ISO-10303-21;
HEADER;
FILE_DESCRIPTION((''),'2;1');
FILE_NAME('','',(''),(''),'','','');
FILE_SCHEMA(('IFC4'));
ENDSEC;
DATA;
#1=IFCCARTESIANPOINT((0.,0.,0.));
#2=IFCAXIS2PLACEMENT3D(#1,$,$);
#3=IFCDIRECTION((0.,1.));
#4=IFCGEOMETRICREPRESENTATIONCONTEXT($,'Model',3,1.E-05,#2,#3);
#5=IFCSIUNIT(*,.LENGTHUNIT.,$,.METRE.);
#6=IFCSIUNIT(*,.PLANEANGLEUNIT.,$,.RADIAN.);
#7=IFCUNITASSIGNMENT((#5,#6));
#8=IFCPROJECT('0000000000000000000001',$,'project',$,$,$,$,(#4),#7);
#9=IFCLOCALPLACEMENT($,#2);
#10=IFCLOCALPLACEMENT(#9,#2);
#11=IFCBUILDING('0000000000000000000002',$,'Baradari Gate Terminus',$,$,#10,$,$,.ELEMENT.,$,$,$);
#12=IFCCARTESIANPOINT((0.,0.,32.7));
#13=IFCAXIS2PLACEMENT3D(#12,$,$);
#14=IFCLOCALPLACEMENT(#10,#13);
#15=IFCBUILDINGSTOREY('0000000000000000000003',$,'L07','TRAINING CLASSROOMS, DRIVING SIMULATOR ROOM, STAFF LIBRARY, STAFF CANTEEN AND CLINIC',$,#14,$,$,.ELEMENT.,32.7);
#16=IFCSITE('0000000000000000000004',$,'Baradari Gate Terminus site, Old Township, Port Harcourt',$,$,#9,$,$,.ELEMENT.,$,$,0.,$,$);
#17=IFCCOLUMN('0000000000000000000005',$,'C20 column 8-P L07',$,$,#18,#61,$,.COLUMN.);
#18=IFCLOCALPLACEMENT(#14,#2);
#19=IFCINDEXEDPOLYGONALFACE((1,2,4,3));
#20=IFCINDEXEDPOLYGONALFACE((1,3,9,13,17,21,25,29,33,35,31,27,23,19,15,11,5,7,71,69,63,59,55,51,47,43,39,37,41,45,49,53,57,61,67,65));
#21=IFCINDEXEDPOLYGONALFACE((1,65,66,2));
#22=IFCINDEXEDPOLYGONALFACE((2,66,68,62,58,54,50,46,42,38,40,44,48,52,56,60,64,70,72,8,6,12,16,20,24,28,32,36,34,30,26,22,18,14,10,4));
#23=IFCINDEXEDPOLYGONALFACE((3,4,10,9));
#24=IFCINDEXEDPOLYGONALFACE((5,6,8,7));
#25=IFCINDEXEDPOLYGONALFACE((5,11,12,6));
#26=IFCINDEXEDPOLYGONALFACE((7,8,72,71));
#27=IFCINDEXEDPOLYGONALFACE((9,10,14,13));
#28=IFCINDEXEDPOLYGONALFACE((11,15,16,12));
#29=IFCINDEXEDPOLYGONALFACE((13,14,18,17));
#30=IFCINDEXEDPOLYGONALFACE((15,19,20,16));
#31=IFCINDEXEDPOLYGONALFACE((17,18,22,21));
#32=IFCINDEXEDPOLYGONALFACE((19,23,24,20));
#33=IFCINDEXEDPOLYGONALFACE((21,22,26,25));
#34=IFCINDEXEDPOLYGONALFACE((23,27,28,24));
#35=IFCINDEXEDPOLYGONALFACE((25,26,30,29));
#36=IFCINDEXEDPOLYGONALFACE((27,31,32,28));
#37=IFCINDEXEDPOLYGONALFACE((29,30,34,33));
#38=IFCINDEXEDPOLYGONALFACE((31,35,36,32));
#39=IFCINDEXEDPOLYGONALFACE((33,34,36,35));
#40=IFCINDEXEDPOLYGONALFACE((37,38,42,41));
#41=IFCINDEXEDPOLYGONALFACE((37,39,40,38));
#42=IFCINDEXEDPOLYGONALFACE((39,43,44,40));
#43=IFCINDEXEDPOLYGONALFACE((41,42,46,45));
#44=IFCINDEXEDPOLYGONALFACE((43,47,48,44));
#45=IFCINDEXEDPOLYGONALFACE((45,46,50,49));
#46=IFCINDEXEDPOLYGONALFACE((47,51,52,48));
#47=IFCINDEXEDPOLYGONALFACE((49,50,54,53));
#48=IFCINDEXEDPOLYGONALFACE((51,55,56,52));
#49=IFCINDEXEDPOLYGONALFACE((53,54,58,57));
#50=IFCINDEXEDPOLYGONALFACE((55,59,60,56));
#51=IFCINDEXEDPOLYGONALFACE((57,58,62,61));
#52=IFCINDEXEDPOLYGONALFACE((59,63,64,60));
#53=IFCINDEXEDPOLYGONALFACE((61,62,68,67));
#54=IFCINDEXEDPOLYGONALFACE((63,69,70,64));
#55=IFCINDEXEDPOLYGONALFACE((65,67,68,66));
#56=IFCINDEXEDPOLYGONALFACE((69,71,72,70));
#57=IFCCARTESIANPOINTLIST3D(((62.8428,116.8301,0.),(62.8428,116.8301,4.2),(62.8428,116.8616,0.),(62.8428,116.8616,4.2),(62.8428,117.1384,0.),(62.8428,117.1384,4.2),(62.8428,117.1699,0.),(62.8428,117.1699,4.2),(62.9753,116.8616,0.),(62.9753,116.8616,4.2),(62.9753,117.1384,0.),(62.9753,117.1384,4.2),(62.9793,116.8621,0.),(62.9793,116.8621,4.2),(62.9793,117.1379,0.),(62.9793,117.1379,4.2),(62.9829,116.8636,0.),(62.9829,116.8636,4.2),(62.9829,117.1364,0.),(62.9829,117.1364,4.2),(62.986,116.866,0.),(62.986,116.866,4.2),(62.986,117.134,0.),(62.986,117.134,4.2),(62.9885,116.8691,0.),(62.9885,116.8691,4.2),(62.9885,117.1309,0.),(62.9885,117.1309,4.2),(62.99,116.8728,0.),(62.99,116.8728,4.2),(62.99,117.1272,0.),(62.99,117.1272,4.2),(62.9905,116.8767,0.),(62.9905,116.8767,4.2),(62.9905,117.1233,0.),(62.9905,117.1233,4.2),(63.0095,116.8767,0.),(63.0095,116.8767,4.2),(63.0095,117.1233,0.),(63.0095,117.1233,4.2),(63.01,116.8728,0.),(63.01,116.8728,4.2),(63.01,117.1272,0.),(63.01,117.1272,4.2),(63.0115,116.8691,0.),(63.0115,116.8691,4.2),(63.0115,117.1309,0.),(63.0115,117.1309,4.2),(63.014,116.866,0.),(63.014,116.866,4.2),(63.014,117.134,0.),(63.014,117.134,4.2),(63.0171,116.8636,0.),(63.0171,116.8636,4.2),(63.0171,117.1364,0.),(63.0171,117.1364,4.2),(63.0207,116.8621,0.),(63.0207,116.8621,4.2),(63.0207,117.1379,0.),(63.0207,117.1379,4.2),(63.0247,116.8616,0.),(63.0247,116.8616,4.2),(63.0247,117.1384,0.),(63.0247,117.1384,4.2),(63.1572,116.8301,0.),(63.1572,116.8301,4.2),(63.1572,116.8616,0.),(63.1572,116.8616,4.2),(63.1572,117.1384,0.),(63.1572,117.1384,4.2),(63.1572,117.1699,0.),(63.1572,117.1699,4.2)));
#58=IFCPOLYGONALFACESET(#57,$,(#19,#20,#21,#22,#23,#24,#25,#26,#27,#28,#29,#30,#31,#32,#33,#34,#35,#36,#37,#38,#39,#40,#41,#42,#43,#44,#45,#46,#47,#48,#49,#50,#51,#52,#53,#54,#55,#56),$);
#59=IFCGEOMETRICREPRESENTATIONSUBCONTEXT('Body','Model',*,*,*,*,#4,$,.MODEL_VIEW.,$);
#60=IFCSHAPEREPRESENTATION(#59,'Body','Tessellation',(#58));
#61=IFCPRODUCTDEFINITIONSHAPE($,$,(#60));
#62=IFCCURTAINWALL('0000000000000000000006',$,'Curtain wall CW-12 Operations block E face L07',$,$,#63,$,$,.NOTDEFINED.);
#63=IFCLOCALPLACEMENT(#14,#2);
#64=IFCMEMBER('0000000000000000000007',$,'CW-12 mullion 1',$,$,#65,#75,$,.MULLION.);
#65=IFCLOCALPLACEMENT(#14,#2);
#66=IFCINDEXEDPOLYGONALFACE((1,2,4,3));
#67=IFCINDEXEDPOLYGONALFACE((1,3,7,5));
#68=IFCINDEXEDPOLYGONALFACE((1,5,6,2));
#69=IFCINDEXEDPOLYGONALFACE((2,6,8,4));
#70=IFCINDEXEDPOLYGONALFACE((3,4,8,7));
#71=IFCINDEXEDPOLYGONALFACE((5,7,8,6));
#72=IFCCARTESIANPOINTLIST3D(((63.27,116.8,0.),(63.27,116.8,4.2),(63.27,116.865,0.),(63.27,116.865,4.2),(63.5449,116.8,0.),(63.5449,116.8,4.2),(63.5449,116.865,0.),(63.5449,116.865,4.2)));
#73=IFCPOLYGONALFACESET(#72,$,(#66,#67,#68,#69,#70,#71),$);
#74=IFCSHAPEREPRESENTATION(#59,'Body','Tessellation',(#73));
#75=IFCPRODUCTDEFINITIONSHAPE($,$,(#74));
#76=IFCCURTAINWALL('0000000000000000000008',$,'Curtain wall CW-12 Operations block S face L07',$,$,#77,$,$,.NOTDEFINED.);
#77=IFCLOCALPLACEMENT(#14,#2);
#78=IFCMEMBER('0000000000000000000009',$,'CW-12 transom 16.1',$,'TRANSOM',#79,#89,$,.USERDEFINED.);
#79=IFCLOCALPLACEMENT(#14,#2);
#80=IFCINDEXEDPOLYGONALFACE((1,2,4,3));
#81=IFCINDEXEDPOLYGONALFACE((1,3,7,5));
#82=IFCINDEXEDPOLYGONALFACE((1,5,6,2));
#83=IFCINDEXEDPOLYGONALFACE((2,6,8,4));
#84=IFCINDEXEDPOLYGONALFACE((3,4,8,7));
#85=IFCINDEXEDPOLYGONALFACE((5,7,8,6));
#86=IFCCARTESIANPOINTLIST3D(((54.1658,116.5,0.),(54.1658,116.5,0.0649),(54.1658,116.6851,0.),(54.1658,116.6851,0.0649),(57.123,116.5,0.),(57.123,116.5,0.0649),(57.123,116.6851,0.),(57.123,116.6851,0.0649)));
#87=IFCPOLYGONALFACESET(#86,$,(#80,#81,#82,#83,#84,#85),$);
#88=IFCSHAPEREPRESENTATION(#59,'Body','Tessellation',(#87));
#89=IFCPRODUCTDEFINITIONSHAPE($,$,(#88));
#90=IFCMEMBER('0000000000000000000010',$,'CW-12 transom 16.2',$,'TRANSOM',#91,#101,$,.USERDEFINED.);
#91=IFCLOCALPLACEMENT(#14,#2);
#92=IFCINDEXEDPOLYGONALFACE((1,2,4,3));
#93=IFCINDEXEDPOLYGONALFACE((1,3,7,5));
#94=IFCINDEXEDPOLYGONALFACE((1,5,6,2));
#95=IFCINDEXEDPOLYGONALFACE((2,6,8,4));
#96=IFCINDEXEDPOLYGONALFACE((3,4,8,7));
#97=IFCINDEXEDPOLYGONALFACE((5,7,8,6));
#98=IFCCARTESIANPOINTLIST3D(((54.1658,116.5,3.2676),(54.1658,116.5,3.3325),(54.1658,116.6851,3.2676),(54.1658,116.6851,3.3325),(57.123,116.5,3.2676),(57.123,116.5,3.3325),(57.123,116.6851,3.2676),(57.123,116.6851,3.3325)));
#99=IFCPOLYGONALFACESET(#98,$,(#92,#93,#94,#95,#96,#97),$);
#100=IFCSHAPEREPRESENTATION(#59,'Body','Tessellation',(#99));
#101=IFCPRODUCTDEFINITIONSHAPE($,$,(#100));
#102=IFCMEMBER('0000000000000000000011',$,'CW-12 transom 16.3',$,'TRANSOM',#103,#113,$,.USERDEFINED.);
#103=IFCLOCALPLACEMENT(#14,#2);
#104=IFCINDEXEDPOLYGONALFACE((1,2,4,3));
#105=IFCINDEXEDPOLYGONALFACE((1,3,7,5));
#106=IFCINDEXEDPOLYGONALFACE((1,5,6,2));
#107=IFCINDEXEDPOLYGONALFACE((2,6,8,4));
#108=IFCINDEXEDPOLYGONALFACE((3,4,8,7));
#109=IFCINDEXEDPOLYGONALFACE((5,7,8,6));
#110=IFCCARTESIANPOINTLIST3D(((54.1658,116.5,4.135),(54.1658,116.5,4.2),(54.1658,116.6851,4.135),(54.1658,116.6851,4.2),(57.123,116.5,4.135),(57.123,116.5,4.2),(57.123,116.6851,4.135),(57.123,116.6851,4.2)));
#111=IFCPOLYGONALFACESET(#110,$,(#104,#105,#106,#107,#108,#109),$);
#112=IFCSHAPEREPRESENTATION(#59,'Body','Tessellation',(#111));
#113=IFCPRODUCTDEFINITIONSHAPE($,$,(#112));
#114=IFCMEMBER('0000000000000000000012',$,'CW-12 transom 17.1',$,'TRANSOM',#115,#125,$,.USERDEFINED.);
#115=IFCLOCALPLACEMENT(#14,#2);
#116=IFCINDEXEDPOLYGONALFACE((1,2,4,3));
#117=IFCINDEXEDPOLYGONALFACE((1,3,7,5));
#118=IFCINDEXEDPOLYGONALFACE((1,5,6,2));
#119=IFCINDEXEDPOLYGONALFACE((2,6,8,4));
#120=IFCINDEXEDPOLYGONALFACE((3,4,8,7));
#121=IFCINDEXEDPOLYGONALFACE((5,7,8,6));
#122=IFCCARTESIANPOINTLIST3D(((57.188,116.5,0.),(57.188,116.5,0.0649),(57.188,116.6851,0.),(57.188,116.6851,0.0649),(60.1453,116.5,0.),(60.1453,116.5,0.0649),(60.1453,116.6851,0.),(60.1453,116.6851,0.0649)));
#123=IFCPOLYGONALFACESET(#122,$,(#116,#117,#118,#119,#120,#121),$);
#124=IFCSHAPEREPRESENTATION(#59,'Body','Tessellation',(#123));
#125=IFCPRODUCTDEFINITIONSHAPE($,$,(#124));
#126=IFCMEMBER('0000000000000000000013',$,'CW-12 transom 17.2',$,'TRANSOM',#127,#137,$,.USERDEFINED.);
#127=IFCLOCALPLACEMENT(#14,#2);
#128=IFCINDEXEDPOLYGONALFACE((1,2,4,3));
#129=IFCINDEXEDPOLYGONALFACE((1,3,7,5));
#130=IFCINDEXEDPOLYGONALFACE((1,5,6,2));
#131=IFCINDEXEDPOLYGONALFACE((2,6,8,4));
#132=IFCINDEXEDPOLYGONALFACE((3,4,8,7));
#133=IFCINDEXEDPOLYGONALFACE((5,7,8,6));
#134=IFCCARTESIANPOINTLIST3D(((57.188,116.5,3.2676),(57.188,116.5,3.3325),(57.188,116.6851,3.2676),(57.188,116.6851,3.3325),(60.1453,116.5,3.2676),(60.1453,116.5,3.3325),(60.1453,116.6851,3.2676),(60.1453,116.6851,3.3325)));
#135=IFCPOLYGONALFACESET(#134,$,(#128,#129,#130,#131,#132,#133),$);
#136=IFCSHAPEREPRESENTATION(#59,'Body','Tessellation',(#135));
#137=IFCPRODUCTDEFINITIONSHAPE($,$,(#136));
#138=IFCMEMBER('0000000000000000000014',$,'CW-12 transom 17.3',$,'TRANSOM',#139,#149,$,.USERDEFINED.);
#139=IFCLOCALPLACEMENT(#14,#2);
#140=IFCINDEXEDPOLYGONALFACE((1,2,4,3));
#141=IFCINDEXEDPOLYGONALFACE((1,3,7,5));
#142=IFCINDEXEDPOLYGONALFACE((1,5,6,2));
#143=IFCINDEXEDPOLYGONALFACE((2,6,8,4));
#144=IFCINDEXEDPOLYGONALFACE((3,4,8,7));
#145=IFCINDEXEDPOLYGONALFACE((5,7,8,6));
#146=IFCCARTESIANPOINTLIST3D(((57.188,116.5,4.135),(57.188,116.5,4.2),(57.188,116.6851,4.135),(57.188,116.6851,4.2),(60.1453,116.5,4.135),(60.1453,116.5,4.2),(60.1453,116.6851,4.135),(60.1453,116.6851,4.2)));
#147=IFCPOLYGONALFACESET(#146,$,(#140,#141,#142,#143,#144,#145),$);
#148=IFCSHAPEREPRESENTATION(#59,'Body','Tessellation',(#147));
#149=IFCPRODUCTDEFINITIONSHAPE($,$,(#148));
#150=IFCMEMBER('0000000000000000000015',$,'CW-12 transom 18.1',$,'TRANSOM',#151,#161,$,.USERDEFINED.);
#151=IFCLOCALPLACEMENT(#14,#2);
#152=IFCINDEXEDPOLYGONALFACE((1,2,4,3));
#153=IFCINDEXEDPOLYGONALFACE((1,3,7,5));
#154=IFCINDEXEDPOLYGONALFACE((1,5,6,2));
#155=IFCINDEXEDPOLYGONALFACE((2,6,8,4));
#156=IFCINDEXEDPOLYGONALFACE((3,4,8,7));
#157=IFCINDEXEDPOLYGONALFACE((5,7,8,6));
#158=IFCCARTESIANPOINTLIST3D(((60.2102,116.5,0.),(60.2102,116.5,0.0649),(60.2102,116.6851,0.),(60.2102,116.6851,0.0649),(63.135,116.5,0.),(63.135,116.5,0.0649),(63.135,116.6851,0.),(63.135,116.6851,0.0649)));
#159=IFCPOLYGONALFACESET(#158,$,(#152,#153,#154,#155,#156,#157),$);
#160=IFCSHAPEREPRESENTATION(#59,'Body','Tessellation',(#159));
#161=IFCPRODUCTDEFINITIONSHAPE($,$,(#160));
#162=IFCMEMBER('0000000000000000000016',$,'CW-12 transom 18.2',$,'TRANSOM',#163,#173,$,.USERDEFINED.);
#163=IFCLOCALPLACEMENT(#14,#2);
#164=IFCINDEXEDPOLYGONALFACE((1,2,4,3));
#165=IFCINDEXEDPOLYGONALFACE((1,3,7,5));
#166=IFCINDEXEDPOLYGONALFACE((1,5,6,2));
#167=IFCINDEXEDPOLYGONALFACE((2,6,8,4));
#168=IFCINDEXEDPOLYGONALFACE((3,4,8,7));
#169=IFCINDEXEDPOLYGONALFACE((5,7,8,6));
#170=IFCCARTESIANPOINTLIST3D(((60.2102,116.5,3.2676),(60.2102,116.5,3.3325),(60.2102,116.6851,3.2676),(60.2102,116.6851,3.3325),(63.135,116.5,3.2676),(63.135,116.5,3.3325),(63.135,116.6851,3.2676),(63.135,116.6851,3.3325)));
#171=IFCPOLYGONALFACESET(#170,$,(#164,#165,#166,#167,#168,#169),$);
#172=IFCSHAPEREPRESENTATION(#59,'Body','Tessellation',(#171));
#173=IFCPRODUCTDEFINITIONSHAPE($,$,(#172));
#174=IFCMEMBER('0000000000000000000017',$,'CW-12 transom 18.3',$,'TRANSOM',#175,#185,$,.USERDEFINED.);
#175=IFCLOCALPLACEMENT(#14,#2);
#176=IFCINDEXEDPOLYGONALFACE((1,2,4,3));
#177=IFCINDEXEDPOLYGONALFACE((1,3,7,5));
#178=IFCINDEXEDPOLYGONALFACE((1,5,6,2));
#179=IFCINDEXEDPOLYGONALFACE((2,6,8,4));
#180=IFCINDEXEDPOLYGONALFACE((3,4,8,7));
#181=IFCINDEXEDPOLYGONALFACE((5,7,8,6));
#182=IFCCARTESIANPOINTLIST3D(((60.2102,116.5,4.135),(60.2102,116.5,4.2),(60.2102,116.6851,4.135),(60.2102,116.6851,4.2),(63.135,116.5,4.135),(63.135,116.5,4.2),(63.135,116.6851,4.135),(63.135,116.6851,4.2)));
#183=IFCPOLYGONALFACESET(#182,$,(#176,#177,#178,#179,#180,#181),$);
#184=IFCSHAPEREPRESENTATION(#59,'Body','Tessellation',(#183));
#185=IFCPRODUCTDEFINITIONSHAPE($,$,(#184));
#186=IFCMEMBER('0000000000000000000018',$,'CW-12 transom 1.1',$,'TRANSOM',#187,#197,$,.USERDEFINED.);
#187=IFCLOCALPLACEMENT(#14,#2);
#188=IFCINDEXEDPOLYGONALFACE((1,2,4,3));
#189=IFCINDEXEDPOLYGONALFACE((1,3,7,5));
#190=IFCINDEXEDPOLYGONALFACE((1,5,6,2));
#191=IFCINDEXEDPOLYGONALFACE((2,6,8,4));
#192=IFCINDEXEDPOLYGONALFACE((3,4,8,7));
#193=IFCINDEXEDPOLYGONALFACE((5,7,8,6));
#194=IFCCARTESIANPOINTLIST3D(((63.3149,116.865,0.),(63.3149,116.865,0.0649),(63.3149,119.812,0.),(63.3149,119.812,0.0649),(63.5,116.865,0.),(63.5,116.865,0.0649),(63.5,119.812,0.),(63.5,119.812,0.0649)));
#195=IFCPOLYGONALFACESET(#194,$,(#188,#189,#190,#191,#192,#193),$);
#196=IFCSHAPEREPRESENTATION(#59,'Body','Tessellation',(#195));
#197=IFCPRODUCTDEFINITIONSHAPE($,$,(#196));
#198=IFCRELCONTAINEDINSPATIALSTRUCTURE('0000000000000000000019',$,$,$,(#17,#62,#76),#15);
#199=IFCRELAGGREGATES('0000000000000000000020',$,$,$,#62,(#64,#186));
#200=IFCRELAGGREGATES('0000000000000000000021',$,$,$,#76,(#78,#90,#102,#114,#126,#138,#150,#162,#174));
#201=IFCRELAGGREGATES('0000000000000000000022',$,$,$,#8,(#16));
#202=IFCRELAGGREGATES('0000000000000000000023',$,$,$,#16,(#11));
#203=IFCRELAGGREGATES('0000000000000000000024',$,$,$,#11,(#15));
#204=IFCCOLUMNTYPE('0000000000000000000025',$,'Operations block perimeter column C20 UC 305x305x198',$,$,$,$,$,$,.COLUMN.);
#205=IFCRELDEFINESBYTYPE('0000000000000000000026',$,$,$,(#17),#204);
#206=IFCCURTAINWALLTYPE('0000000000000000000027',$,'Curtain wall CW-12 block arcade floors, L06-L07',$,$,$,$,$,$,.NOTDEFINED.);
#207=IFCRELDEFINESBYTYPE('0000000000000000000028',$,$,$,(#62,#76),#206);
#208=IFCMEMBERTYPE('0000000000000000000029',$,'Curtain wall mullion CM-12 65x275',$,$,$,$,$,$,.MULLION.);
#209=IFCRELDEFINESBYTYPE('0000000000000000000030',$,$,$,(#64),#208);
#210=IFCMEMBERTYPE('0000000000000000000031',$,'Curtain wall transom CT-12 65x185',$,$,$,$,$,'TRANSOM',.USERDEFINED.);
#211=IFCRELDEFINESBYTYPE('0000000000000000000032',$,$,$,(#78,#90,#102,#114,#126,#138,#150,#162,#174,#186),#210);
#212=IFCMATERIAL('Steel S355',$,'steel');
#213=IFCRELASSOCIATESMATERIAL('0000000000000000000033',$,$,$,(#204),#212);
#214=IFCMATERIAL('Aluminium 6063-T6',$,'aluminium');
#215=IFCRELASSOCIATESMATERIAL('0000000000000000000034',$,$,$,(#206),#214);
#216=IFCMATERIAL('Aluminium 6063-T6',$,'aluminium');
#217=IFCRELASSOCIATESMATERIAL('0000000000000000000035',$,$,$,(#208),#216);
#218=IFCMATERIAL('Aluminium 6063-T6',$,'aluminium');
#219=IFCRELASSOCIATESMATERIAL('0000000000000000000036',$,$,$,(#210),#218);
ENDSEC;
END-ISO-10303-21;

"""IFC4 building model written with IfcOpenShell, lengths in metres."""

from ifc_helpers import new_model, si_unit, direction, frame, origin, origin_2d, place, context, subcontext, project, spatial, rectangle, i_section, extrude, material, material_profile, profile_set, type_object, element, aggregate, save


model = new_model("IFC4")

# Units and contexts
model_context = context("Model", 3, precision=1e-05, world=origin(), true_north=direction((0.0, 1.0)))
body_context = subcontext(model_context, "Body", "Model", "MODEL_VIEW")
ifc_project = project(units=[si_unit("LENGTHUNIT", "METRE"), si_unit("PLANEANGLEUNIT", "RADIAN")], contexts=[model_context])

# Site, building, storey
site_placement = place(None, origin())
site = spatial("IfcSite", under=ifc_project, at=site_placement, Name="Baradari Gate Terminus site, Old Township, Port Harcourt", CompositionType="ELEMENT", RefElevation=0.0)
building_placement = place(site_placement, origin())
building = spatial("IfcBuilding", under=site, at=building_placement, Name="Baradari Gate Terminus", CompositionType="ELEMENT")
storey_placement = place(building_placement, frame((0.0, 0.0, 32.7)))
storey = spatial("IfcBuildingStorey", under=building, at=storey_placement, Name="L07", Description="TRAINING CLASSROOMS, DRIVING SIMULATOR ROOM, STAFF LIBRARY, STAFF CANTEEN AND CLINIC", CompositionType="ELEMENT", Elevation=32.7)

# Column
ifc_material_1 = material(Name="Steel S355", Category="steel")
ifc_material_profile_1 = material_profile(ifc_material_1, i_section(OverallWidth=0.3145, OverallDepth=0.3398, WebThickness=0.019, FlangeThickness=0.0315, FilletRadius=0.0151, at=origin_2d()), Name="UC 305x305x198")
ifc_profile_set_1 = profile_set([ifc_material_profile_1], Name="Steel S355")
column_type = type_object("IfcColumnType", Name="Operations block perimeter column C20 UC 305x305x198", PredefinedType="COLUMN", material=ifc_profile_set_1)
column_placement = place(storey_placement, frame((63.0, 117.0, 0.0), z_axis=(0.0, 0.0, 1.0), x_axis=(1.0, 0.0, 0.0)))
element("IfcColumn", 1, at=column_placement, inside=storey, type_object=column_type, Name="C20 column 8-P L07", PredefinedType="COLUMN", context=body_context, shape_type="SweptSolid", body=[
    extrude(i_section(OverallWidth=0.3145, OverallDepth=0.3398, WebThickness=0.019, FlangeThickness=0.0315, FilletRadius=0.0151, at=origin_2d()), origin(), (0.0, 0.0, 1.0), 4.2),
])

# Curtain wall, member
ifc_material_2 = material(Name="Aluminium 6063-T6", Category="aluminium")
curtain_wall_type = type_object("IfcCurtainWallType", Name="Curtain wall CW-12 block arcade floors, L06-L07", PredefinedType="NOTDEFINED", material=ifc_material_2)
curtain_wall_1_placement = place(storey_placement, origin())
curtain_wall_1 = element("IfcCurtainWall", 2, at=curtain_wall_1_placement, inside=storey, type_object=curtain_wall_type, Name="Curtain wall CW-12 Operations block E face L07", PredefinedType="NOTDEFINED")
ifc_material_3 = material(Name="Aluminium 6063-T6", Category="aluminium")
ifc_material_profile_2 = material_profile(ifc_material_3, rectangle(XDim=0.2749, YDim=0.0649, at=origin_2d()), Name="CM-12 65X275")
ifc_profile_set_2 = profile_set([ifc_material_profile_2], Name="Aluminium 6063-T6")
member_type_1 = type_object("IfcMemberType", Name="Curtain wall mullion CM-12 65x275", PredefinedType="MULLION", material=ifc_profile_set_2)
member_1_placement = place(storey_placement, frame((63.4075, 116.8325, 0.0), z_axis=(0.0, 0.0, 1.0), x_axis=(-1.0, 0.0, 0.0)))
member_1 = element("IfcMember", 3, at=member_1_placement, type_object=member_type_1, Name="CW-12 mullion 1", PredefinedType="MULLION", context=body_context, shape_type="SweptSolid", body=[
    extrude(rectangle(XDim=0.2749, YDim=0.0649, at=origin_2d()), origin(), (0.0, 0.0, 1.0), 4.2),
])

# Curtain wall, members
curtain_wall_2_placement = place(storey_placement, origin())
curtain_wall_2 = element("IfcCurtainWall", 4, at=curtain_wall_2_placement, inside=storey, type_object=curtain_wall_type, Name="Curtain wall CW-12 Operations block S face L07", PredefinedType="NOTDEFINED")
ifc_material_4 = material(Name="Aluminium 6063-T6", Category="aluminium")
ifc_material_profile_3 = material_profile(ifc_material_4, rectangle(XDim=0.1851, YDim=0.0649, at=origin_2d()), Name="CT-12 65X185")
ifc_profile_set_3 = profile_set([ifc_material_profile_3], Name="Aluminium 6063-T6")
member_type_2 = type_object("IfcMemberType", Name="Curtain wall transom CT-12 65x185", ElementType="TRANSOM", PredefinedType="USERDEFINED", material=ifc_profile_set_3)
member_2_placement = place(storey_placement, frame((54.1658, 116.5925, 0.0325), z_axis=(1.0, 0.0, 0.0), x_axis=(0.0, 1.0, 0.0)))
member_2 = element("IfcMember", 5, at=member_2_placement, type_object=member_type_2, Name="CW-12 transom 16.1", ObjectType="TRANSOM", PredefinedType="USERDEFINED", context=body_context, shape_type="SweptSolid", body=[
    extrude(rectangle(XDim=0.1851, YDim=0.0649, at=origin_2d()), origin(), (0.0, 0.0, 1.0), 2.9573),
])
member_3_placement = place(storey_placement, frame((54.1658, 116.5925, 3.3), z_axis=(1.0, 0.0, 0.0), x_axis=(0.0, 1.0, 0.0)))
member_3 = element("IfcMember", 6, at=member_3_placement, type_object=member_type_2, Name="CW-12 transom 16.2", ObjectType="TRANSOM", PredefinedType="USERDEFINED", context=body_context, shape_type="SweptSolid", body=[
    extrude(rectangle(XDim=0.1851, YDim=0.0649, at=origin_2d()), origin(), (0.0, 0.0, 1.0), 2.9573),
])
member_4_placement = place(storey_placement, frame((54.1658, 116.5925, 4.1675), z_axis=(1.0, 0.0, 0.0), x_axis=(0.0, 1.0, 0.0)))
member_4 = element("IfcMember", 7, at=member_4_placement, type_object=member_type_2, Name="CW-12 transom 16.3", ObjectType="TRANSOM", PredefinedType="USERDEFINED", context=body_context, shape_type="SweptSolid", body=[
    extrude(rectangle(XDim=0.1851, YDim=0.0649, at=origin_2d()), origin(), (0.0, 0.0, 1.0), 2.9573),
])
member_5_placement = place(storey_placement, frame((57.188, 116.5925, 0.0325), z_axis=(1.0, 0.0, 0.0), x_axis=(0.0, 1.0, 0.0)))
member_5 = element("IfcMember", 8, at=member_5_placement, type_object=member_type_2, Name="CW-12 transom 17.1", ObjectType="TRANSOM", PredefinedType="USERDEFINED", context=body_context, shape_type="SweptSolid", body=[
    extrude(rectangle(XDim=0.1851, YDim=0.0649, at=origin_2d()), origin(), (0.0, 0.0, 1.0), 2.9573),
])
member_6_placement = place(storey_placement, frame((57.188, 116.5925, 3.3), z_axis=(1.0, 0.0, 0.0), x_axis=(0.0, 1.0, 0.0)))
member_6 = element("IfcMember", 9, at=member_6_placement, type_object=member_type_2, Name="CW-12 transom 17.2", ObjectType="TRANSOM", PredefinedType="USERDEFINED", context=body_context, shape_type="SweptSolid", body=[
    extrude(rectangle(XDim=0.1851, YDim=0.0649, at=origin_2d()), origin(), (0.0, 0.0, 1.0), 2.9573),
])
member_7_placement = place(storey_placement, frame((57.188, 116.5925, 4.1675), z_axis=(1.0, 0.0, 0.0), x_axis=(0.0, 1.0, 0.0)))
member_7 = element("IfcMember", 10, at=member_7_placement, type_object=member_type_2, Name="CW-12 transom 17.3", ObjectType="TRANSOM", PredefinedType="USERDEFINED", context=body_context, shape_type="SweptSolid", body=[
    extrude(rectangle(XDim=0.1851, YDim=0.0649, at=origin_2d()), origin(), (0.0, 0.0, 1.0), 2.9573),
])
member_8_placement = place(storey_placement, frame((60.2102, 116.5925, 0.0325), z_axis=(1.0, 0.0, 0.0), x_axis=(0.0, 1.0, 0.0)))
member_8 = element("IfcMember", 11, at=member_8_placement, type_object=member_type_2, Name="CW-12 transom 18.1", ObjectType="TRANSOM", PredefinedType="USERDEFINED", context=body_context, shape_type="SweptSolid", body=[
    extrude(rectangle(XDim=0.1851, YDim=0.0649, at=origin_2d()), origin(), (0.0, 0.0, 1.0), 2.9248),
])
member_9_placement = place(storey_placement, frame((60.2102, 116.5925, 3.3), z_axis=(1.0, 0.0, 0.0), x_axis=(0.0, 1.0, 0.0)))
member_9 = element("IfcMember", 12, at=member_9_placement, type_object=member_type_2, Name="CW-12 transom 18.2", ObjectType="TRANSOM", PredefinedType="USERDEFINED", context=body_context, shape_type="SweptSolid", body=[
    extrude(rectangle(XDim=0.1851, YDim=0.0649, at=origin_2d()), origin(), (0.0, 0.0, 1.0), 2.9248),
])
member_10_placement = place(storey_placement, frame((60.2102, 116.5925, 4.1675), z_axis=(1.0, 0.0, 0.0), x_axis=(0.0, 1.0, 0.0)))
member_10 = element("IfcMember", 13, at=member_10_placement, type_object=member_type_2, Name="CW-12 transom 18.3", ObjectType="TRANSOM", PredefinedType="USERDEFINED", context=body_context, shape_type="SweptSolid", body=[
    extrude(rectangle(XDim=0.1851, YDim=0.0649, at=origin_2d()), origin(), (0.0, 0.0, 1.0), 2.9248),
])

# Member
member_11_placement = place(storey_placement, frame((63.4075, 116.865, 0.0325), z_axis=(0.0, 1.0, 0.0), x_axis=(-1.0, 0.0, 0.0)))
member_11 = element("IfcMember", 14, at=member_11_placement, type_object=member_type_2, Name="CW-12 transom 1.1", ObjectType="TRANSOM", PredefinedType="USERDEFINED", context=body_context, shape_type="SweptSolid", body=[
    extrude(rectangle(XDim=0.1851, YDim=0.0649, at=origin_2d()), origin(), (0.0, 0.0, 1.0), 2.947),
])
aggregate(curtain_wall_1, [member_1, member_11])

aggregate(curtain_wall_2, [member_2, member_3, member_4, member_5, member_6, member_7, member_8, member_9, member_10])

save(model, "model.ifc")
